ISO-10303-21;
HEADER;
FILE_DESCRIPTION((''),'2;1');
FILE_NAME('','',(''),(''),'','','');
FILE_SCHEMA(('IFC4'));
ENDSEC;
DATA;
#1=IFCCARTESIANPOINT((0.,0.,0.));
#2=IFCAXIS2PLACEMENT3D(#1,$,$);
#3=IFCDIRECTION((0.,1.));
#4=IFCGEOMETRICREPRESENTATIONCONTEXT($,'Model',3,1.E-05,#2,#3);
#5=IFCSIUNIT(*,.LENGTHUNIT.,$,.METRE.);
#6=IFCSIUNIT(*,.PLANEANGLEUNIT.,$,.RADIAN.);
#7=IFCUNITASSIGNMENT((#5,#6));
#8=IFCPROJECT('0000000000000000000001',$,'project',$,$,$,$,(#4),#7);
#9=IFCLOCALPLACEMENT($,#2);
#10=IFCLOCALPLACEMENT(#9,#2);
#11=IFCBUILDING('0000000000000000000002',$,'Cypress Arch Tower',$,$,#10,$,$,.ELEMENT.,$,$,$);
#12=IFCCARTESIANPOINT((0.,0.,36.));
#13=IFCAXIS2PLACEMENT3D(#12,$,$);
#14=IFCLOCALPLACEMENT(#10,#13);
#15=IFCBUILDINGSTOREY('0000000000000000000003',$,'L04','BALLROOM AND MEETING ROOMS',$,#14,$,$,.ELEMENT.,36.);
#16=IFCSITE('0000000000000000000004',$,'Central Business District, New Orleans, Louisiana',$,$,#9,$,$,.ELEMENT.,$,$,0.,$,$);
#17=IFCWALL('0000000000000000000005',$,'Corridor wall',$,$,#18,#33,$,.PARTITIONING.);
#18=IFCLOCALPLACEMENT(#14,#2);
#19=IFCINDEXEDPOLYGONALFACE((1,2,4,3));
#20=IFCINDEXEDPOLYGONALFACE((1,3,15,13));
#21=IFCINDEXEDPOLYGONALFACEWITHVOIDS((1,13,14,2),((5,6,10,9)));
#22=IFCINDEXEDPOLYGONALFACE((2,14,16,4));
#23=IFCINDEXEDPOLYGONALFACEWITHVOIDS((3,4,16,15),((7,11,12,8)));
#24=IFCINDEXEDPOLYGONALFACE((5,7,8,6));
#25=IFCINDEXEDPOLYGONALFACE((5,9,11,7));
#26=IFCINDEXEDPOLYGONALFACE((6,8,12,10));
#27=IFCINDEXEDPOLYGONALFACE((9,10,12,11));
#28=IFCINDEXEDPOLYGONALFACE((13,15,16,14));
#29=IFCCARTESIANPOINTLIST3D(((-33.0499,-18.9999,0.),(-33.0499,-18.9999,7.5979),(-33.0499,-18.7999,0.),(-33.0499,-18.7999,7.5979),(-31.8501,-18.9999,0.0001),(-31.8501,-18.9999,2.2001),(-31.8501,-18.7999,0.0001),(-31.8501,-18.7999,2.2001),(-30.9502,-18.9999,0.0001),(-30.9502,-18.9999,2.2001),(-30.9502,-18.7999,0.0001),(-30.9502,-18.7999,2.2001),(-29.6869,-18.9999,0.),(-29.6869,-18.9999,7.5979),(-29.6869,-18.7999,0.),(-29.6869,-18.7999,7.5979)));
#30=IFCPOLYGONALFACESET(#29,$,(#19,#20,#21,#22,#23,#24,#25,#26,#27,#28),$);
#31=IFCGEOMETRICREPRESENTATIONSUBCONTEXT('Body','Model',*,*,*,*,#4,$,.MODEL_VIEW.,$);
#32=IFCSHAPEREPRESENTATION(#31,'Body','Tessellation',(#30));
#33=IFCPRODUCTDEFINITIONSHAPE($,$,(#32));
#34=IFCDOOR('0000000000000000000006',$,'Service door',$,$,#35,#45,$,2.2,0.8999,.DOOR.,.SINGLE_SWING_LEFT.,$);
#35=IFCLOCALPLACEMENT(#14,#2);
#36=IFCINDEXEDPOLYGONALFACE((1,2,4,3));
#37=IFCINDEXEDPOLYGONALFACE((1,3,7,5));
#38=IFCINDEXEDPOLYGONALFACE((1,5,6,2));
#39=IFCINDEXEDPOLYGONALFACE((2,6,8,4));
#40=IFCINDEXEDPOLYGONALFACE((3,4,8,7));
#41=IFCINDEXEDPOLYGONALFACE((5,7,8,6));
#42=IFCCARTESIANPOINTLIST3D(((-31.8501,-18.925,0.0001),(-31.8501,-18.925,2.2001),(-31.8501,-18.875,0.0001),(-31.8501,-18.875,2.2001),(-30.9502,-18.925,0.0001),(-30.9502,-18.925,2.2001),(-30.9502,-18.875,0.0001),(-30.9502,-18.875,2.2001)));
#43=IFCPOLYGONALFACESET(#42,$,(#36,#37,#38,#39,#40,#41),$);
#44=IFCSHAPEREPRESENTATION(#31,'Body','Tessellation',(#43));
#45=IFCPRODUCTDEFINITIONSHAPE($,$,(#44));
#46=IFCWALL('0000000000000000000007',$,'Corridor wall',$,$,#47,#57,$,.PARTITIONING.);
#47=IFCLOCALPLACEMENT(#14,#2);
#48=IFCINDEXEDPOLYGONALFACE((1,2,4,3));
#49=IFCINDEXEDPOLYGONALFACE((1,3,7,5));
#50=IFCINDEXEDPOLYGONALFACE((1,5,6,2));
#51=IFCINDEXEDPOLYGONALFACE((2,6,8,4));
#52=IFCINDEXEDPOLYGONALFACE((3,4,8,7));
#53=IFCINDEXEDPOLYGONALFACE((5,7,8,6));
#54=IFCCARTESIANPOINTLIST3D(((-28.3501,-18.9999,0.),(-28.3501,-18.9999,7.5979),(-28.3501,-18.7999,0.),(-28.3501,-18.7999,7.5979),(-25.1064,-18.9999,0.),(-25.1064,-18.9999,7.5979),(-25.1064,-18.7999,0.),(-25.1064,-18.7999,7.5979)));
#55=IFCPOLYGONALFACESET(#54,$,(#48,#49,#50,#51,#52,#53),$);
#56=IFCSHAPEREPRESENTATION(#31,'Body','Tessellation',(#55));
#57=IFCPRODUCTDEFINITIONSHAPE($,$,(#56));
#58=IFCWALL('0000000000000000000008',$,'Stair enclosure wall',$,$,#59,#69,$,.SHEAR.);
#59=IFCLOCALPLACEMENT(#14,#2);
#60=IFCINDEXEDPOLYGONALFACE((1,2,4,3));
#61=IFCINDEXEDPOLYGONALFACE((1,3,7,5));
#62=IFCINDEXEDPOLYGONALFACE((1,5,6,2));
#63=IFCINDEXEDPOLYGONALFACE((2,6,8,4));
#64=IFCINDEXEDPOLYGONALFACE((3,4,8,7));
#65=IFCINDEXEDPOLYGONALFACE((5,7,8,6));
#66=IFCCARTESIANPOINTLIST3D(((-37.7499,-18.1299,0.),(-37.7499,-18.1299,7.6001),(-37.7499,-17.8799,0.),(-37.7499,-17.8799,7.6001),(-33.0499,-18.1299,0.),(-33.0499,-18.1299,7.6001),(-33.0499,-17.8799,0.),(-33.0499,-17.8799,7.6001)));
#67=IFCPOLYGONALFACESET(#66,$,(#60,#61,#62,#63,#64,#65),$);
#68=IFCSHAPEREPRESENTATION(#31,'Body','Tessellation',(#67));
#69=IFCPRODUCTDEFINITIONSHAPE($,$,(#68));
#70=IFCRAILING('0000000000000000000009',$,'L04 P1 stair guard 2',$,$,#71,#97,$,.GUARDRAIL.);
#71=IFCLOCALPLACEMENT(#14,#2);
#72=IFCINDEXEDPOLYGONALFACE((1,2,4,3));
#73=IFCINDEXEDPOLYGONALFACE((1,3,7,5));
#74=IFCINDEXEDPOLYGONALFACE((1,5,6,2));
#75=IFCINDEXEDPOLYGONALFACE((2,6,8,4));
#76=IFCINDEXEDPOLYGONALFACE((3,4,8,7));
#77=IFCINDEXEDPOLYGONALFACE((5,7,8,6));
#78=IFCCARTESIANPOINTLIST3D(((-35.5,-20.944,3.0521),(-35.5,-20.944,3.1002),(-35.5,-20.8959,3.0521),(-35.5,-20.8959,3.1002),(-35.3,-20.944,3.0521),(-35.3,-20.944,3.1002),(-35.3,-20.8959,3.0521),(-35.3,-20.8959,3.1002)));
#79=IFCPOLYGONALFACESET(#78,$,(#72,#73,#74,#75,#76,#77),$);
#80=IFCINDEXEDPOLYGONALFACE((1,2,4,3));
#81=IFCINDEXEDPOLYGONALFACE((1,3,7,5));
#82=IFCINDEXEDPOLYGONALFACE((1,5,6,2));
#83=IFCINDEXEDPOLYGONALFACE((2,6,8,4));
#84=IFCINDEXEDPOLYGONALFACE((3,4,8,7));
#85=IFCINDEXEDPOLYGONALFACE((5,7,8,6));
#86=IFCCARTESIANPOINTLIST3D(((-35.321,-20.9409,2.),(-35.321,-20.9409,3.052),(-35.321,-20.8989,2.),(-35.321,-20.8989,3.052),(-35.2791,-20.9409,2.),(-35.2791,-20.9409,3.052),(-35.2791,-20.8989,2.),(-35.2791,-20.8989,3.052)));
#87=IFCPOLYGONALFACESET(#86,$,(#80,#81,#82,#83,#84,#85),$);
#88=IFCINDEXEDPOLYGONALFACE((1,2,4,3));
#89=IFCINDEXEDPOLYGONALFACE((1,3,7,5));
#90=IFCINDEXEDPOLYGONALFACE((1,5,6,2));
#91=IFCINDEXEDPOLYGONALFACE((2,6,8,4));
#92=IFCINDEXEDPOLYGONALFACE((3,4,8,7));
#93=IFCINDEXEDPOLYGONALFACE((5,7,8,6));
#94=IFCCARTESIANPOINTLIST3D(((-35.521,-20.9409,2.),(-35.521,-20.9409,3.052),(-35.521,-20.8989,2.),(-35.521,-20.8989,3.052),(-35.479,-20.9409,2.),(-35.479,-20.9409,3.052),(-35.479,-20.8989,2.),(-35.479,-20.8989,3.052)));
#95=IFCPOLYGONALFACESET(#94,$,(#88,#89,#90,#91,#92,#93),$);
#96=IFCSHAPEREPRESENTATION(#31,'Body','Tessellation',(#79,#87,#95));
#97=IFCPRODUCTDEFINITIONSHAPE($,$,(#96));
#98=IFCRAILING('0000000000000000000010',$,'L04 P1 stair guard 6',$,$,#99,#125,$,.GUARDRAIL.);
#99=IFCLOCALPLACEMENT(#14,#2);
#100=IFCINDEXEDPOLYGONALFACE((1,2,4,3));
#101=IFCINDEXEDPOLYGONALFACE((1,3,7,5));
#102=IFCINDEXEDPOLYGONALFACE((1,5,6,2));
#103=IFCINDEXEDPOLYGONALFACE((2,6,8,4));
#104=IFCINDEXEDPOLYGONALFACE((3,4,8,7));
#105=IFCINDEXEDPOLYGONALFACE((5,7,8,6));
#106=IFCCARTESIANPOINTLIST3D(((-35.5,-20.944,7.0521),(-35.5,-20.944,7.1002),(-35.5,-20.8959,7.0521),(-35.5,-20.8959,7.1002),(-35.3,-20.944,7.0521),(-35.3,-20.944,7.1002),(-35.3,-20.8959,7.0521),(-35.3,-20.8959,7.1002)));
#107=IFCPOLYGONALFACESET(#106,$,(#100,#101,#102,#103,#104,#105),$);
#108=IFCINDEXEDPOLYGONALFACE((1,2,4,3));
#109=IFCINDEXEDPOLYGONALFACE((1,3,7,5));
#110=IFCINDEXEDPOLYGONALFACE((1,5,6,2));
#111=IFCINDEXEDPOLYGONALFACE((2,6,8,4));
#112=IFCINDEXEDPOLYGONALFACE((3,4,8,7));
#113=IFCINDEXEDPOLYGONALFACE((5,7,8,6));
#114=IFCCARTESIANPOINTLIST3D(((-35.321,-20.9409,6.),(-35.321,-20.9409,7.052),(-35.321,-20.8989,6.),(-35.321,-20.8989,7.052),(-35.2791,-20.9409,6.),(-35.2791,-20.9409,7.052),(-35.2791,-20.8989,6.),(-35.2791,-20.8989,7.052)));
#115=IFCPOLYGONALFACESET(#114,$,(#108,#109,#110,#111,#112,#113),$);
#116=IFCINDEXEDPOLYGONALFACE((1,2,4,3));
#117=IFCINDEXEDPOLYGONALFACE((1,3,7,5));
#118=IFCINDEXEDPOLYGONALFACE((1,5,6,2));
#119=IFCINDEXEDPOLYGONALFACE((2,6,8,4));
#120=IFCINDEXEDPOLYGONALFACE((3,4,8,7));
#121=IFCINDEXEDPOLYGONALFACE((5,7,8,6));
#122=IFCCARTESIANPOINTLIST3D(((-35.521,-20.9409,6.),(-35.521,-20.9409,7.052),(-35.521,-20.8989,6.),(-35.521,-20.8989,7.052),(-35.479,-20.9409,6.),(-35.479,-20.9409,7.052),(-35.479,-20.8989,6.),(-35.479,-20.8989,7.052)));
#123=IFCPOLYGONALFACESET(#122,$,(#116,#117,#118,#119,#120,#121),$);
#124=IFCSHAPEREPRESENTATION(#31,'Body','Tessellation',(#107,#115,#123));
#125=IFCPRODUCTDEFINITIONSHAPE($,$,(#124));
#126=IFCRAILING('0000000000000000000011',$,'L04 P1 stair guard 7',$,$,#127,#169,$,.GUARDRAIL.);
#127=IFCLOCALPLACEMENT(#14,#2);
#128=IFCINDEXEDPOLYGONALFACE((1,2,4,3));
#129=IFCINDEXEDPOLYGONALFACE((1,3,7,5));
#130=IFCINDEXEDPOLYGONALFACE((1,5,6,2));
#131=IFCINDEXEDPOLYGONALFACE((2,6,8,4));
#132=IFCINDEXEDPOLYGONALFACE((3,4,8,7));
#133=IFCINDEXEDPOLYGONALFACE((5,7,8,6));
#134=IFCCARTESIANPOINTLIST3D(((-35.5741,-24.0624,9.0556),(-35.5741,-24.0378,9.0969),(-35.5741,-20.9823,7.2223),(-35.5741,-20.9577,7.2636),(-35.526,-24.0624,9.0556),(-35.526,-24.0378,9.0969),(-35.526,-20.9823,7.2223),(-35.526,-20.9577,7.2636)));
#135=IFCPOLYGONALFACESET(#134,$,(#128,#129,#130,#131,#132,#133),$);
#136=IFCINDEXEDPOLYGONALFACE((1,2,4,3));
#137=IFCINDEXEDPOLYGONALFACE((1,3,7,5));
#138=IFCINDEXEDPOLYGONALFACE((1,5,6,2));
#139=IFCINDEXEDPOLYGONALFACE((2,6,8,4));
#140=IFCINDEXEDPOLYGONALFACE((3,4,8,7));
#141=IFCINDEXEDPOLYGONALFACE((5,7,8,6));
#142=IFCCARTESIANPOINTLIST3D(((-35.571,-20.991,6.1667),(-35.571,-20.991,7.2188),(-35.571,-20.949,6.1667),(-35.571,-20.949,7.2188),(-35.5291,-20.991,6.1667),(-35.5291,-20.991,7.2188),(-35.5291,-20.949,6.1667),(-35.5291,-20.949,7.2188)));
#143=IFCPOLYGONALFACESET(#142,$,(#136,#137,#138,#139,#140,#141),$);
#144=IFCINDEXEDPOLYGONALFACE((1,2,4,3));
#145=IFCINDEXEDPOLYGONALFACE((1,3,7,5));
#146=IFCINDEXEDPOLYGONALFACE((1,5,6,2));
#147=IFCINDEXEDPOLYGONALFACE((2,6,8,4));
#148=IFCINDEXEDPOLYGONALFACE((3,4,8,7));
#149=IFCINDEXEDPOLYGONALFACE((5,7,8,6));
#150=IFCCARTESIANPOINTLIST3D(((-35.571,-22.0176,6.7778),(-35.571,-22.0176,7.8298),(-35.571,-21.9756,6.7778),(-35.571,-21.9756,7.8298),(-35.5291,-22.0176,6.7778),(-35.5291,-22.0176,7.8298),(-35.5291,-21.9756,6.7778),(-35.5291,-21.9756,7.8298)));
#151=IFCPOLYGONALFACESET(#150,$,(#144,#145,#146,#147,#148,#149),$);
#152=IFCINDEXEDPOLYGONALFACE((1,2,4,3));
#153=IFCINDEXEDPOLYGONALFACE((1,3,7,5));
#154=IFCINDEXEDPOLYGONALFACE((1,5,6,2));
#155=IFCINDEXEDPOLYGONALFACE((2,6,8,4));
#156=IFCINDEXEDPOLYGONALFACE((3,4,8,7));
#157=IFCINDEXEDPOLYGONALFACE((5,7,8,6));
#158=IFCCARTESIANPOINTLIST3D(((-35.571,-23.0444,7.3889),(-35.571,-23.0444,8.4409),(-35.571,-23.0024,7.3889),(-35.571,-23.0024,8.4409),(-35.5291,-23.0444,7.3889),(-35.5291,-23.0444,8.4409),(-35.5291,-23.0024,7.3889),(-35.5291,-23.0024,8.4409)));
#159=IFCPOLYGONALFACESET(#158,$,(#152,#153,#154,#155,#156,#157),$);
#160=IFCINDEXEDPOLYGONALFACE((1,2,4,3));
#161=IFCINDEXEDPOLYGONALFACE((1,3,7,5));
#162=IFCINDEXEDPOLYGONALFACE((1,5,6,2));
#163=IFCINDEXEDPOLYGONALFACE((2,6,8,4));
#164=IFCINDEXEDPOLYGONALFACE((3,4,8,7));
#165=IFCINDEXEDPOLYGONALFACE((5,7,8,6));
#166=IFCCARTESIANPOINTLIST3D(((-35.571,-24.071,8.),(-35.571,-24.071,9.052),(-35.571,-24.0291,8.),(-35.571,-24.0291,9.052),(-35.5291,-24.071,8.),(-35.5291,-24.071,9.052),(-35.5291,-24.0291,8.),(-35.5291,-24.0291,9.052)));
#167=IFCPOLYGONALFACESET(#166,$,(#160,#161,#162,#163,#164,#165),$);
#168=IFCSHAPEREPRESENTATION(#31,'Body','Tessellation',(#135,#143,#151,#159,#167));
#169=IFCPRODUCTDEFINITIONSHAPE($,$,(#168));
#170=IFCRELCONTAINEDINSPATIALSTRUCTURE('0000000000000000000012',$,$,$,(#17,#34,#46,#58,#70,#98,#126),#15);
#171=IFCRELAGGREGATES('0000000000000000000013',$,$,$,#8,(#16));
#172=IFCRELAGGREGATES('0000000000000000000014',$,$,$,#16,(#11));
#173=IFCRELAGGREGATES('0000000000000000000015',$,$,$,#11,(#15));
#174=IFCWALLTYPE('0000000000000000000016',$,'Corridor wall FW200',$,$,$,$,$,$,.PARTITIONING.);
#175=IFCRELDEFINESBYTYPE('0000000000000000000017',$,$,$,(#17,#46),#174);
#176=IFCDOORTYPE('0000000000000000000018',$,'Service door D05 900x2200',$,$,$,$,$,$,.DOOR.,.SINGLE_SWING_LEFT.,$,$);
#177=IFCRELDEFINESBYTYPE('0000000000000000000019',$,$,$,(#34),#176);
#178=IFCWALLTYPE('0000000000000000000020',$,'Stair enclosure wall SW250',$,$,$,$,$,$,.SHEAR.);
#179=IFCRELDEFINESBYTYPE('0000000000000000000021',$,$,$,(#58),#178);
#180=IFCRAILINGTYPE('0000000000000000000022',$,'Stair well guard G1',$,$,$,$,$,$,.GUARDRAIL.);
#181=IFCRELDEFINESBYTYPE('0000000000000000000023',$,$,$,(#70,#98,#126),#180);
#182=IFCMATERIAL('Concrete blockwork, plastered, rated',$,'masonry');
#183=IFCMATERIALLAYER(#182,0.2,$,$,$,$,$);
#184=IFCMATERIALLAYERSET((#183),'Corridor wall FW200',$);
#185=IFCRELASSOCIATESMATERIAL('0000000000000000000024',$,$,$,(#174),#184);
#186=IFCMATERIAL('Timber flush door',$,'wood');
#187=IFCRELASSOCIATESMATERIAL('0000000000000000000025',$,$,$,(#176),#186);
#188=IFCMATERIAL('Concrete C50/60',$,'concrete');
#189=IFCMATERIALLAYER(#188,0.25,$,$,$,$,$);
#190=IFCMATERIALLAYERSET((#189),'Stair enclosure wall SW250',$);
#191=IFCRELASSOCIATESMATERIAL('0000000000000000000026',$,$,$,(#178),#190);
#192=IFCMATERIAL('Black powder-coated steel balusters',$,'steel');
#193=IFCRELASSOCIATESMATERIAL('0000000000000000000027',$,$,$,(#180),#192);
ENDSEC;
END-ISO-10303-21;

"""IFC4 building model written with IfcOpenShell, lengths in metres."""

from ifc_helpers import new_model, si_unit, direction, frame, frame_2d, origin, origin_2d, place, context, subcontext, project, spatial, rectangle, extrude, material, layer, layer_set, type_object, element, fill, save


model = new_model("IFC4")

# Units and contexts
model_context = context("Model", 3, precision=1e-05, world=origin(), true_north=direction((0.0, 1.0)))
body_context = subcontext(model_context, "Body", "Model", "MODEL_VIEW")
ifc_project = project(units=[si_unit("LENGTHUNIT", "METRE"), si_unit("PLANEANGLEUNIT", "RADIAN")], contexts=[model_context])

# Site, building, storey
site_placement = place(None, origin())
site = spatial("IfcSite", under=ifc_project, at=site_placement, Name="Central Business District, New Orleans, Louisiana", CompositionType="ELEMENT", RefElevation=0.0)
building_placement = place(site_placement, origin())
building = spatial("IfcBuilding", under=site, at=building_placement, Name="Cypress Arch Tower", CompositionType="ELEMENT")
storey_placement = place(building_placement, frame((0.0, 0.0, 36.0)))
storey = spatial("IfcBuildingStorey", under=building, at=storey_placement, Name="L04", Description="BALLROOM AND MEETING ROOMS", CompositionType="ELEMENT", Elevation=36.0)

# Shared definitions
ifc_material_1 = material(Name="Concrete blockwork, plastered, rated", Category="masonry")
ifc_layer_1 = layer(ifc_material_1, 0.2)
ifc_layer_set_1 = layer_set([ifc_layer_1], Name="Corridor wall FW200")
wall_type_1 = type_object("IfcWallType", Name="Corridor wall FW200", PredefinedType="PARTITIONING", material=ifc_layer_set_1)
ifc_material_2 = material(Name="Timber flush door", Category="wood")
door_type_1 = type_object("IfcDoorType", Name="Service door D05 900x2200", OperationType="SINGLE_SWING_LEFT", PredefinedType="DOOR", material=ifc_material_2)

# Wall, opening, door
wall_1_placement = place(storey_placement, frame((-33.05, -18.8999, 0.0), z_axis=(0.0, 0.0, 1.0), x_axis=(1.0, 0.0, 0.0)))
wall_1 = element("IfcWall", 1, at=wall_1_placement, inside=storey, type_object=wall_type_1, Name="Corridor wall", PredefinedType="PARTITIONING", context=body_context, shape_type="SweptSolid", body=[
    extrude(rectangle(XDim=3.363, YDim=0.2, at=frame_2d((1.6816, 0.0))), origin(), (0.0, 0.0, 1.0), 7.5979),
])
opening_1_placement = place(wall_1_placement, frame((1.2, 0.0, 0.0)))
opening_1 = element("IfcOpeningElement", 2, at=opening_1_placement, cuts=wall_1, PredefinedType="OPENING", context=body_context, shape_type="SweptSolid", body=[
    extrude(rectangle(XDim=0.8999, YDim=2.2, at=frame_2d((0.45, 1.1001))), frame((0.0, 0.1099, 0.0), z_axis=(0.0, -1.0, 0.0), x_axis=(1.0, 0.0, 0.0)), (0.0, 0.0, 1.0), 0.22),
])
door_1_placement = place(opening_1_placement, origin())
door_1 = element("IfcDoor", 3, at=door_1_placement, inside=storey, type_object=door_type_1, Name="Service door", OperationType="SINGLE_SWING_LEFT", OverallHeight=2.2, OverallWidth=0.8999, PredefinedType="DOOR", context=body_context, shape_type="SweptSolid", body=[
    extrude(rectangle(XDim=0.8999, YDim=2.2, at=frame_2d((0.45, 1.1001))), frame((0.0, 0.0249, 0.0), z_axis=(0.0, -1.0, 0.0), x_axis=(1.0, 0.0, 0.0)), (0.0, 0.0, 1.0), 0.05),
])
fill(opening_1, door_1)

# Walls
wall_2_placement = place(storey_placement, frame((-28.3501, -18.8999, 0.0), z_axis=(0.0, 0.0, 1.0), x_axis=(1.0, 0.0, 0.0)))
element("IfcWall", 4, at=wall_2_placement, inside=storey, type_object=wall_type_1, Name="Corridor wall", PredefinedType="PARTITIONING", context=body_context, shape_type="SweptSolid", body=[
    extrude(rectangle(XDim=3.2437, YDim=0.2, at=frame_2d((1.6218, 0.0))), origin(), (0.0, 0.0, 1.0), 7.5979),
])
ifc_material_3 = material(Name="Concrete C50/60", Category="concrete")
ifc_layer_2 = layer(ifc_material_3, 0.25)
ifc_layer_set_2 = layer_set([ifc_layer_2], Name="Stair enclosure wall SW250")
wall_type_2 = type_object("IfcWallType", Name="Stair enclosure wall SW250", PredefinedType="SHEAR", material=ifc_layer_set_2)
wall_3_placement = place(storey_placement, frame((-37.75, -18.0049, 0.0), z_axis=(0.0, 0.0, 1.0), x_axis=(1.0, 0.0, 0.0)))
element("IfcWall", 5, at=wall_3_placement, inside=storey, type_object=wall_type_2, Name="Stair enclosure wall", PredefinedType="SHEAR", context=body_context, shape_type="SweptSolid", body=[
    extrude(rectangle(XDim=4.7, YDim=0.25, at=frame_2d((2.3501, 0.0))), origin(), (0.0, 0.0, 1.0), 7.6001),
])

# Railings
ifc_material_4 = material(Name="Black powder-coated steel balusters", Category="steel")
railing_type = type_object("IfcRailingType", Name="Stair well guard G1", PredefinedType="GUARDRAIL", material=ifc_material_4)
for number, where, name in (
    (6, (-35.3, -20.9199, 2.0), "L04 P1 stair guard 2"),
    (7, (-35.3, -20.9199, 6.0), "L04 P1 stair guard 6"),
):
    element("IfcRailing", number, at=place(storey_placement, frame(where)), inside=storey, type_object=railing_type, Name=name, PredefinedType="GUARDRAIL", context=body_context, shape_type="SweptSolid", body=[
        extrude(rectangle(XDim=0.0481, YDim=0.0481, at=origin_2d()), frame((0.0, 0.0, 1.0762), z_axis=(-1.0, 0.0, 0.0), x_axis=(0.0, -1.0, 0.0)), (0.0, 0.0, 1.0), 0.2),
        extrude(rectangle(XDim=0.042, YDim=0.042, at=origin_2d()), origin(), (0.0, 0.0, 1.0), 1.052),
        extrude(rectangle(XDim=0.042, YDim=0.042, at=origin_2d()), frame((-0.2, 0.0, 0.0)), (0.0, 0.0, 1.0), 1.052),
    ])
railing_placement = place(storey_placement, frame((-35.55, -20.97, 6.1667)))
element("IfcRailing", 8, at=railing_placement, inside=storey, type_object=railing_type, Name="L04 P1 stair guard 7", PredefinedType="GUARDRAIL", context=body_context, shape_type="SweptSolid", body=[
    extrude(rectangle(XDim=0.0481, YDim=0.0481, at=origin_2d()), frame((0.0, 0.0, 1.0762), z_axis=(0.0, -0.859309, 0.511458), x_axis=(1.0, 0.0, 0.0)), (0.0, 0.0, 1.0), 3.5845),
    extrude(rectangle(XDim=0.042, YDim=0.042, at=origin_2d()), origin(), (0.0, 0.0, 1.0), 1.052),
    extrude(rectangle(XDim=0.042, YDim=0.042, at=origin_2d()), frame((0.0, -1.0266, 0.6111)), (0.0, 0.0, 1.0), 1.052),
    extrude(rectangle(XDim=0.042, YDim=0.042, at=origin_2d()), frame((0.0, -2.0535, 1.2222)), (0.0, 0.0, 1.0), 1.052),
    extrude(rectangle(XDim=0.042, YDim=0.042, at=origin_2d()), frame((0.0, -3.0801, 1.8333)), (0.0, 0.0, 1.0), 1.052),
])

save(model, "model.ifc")
